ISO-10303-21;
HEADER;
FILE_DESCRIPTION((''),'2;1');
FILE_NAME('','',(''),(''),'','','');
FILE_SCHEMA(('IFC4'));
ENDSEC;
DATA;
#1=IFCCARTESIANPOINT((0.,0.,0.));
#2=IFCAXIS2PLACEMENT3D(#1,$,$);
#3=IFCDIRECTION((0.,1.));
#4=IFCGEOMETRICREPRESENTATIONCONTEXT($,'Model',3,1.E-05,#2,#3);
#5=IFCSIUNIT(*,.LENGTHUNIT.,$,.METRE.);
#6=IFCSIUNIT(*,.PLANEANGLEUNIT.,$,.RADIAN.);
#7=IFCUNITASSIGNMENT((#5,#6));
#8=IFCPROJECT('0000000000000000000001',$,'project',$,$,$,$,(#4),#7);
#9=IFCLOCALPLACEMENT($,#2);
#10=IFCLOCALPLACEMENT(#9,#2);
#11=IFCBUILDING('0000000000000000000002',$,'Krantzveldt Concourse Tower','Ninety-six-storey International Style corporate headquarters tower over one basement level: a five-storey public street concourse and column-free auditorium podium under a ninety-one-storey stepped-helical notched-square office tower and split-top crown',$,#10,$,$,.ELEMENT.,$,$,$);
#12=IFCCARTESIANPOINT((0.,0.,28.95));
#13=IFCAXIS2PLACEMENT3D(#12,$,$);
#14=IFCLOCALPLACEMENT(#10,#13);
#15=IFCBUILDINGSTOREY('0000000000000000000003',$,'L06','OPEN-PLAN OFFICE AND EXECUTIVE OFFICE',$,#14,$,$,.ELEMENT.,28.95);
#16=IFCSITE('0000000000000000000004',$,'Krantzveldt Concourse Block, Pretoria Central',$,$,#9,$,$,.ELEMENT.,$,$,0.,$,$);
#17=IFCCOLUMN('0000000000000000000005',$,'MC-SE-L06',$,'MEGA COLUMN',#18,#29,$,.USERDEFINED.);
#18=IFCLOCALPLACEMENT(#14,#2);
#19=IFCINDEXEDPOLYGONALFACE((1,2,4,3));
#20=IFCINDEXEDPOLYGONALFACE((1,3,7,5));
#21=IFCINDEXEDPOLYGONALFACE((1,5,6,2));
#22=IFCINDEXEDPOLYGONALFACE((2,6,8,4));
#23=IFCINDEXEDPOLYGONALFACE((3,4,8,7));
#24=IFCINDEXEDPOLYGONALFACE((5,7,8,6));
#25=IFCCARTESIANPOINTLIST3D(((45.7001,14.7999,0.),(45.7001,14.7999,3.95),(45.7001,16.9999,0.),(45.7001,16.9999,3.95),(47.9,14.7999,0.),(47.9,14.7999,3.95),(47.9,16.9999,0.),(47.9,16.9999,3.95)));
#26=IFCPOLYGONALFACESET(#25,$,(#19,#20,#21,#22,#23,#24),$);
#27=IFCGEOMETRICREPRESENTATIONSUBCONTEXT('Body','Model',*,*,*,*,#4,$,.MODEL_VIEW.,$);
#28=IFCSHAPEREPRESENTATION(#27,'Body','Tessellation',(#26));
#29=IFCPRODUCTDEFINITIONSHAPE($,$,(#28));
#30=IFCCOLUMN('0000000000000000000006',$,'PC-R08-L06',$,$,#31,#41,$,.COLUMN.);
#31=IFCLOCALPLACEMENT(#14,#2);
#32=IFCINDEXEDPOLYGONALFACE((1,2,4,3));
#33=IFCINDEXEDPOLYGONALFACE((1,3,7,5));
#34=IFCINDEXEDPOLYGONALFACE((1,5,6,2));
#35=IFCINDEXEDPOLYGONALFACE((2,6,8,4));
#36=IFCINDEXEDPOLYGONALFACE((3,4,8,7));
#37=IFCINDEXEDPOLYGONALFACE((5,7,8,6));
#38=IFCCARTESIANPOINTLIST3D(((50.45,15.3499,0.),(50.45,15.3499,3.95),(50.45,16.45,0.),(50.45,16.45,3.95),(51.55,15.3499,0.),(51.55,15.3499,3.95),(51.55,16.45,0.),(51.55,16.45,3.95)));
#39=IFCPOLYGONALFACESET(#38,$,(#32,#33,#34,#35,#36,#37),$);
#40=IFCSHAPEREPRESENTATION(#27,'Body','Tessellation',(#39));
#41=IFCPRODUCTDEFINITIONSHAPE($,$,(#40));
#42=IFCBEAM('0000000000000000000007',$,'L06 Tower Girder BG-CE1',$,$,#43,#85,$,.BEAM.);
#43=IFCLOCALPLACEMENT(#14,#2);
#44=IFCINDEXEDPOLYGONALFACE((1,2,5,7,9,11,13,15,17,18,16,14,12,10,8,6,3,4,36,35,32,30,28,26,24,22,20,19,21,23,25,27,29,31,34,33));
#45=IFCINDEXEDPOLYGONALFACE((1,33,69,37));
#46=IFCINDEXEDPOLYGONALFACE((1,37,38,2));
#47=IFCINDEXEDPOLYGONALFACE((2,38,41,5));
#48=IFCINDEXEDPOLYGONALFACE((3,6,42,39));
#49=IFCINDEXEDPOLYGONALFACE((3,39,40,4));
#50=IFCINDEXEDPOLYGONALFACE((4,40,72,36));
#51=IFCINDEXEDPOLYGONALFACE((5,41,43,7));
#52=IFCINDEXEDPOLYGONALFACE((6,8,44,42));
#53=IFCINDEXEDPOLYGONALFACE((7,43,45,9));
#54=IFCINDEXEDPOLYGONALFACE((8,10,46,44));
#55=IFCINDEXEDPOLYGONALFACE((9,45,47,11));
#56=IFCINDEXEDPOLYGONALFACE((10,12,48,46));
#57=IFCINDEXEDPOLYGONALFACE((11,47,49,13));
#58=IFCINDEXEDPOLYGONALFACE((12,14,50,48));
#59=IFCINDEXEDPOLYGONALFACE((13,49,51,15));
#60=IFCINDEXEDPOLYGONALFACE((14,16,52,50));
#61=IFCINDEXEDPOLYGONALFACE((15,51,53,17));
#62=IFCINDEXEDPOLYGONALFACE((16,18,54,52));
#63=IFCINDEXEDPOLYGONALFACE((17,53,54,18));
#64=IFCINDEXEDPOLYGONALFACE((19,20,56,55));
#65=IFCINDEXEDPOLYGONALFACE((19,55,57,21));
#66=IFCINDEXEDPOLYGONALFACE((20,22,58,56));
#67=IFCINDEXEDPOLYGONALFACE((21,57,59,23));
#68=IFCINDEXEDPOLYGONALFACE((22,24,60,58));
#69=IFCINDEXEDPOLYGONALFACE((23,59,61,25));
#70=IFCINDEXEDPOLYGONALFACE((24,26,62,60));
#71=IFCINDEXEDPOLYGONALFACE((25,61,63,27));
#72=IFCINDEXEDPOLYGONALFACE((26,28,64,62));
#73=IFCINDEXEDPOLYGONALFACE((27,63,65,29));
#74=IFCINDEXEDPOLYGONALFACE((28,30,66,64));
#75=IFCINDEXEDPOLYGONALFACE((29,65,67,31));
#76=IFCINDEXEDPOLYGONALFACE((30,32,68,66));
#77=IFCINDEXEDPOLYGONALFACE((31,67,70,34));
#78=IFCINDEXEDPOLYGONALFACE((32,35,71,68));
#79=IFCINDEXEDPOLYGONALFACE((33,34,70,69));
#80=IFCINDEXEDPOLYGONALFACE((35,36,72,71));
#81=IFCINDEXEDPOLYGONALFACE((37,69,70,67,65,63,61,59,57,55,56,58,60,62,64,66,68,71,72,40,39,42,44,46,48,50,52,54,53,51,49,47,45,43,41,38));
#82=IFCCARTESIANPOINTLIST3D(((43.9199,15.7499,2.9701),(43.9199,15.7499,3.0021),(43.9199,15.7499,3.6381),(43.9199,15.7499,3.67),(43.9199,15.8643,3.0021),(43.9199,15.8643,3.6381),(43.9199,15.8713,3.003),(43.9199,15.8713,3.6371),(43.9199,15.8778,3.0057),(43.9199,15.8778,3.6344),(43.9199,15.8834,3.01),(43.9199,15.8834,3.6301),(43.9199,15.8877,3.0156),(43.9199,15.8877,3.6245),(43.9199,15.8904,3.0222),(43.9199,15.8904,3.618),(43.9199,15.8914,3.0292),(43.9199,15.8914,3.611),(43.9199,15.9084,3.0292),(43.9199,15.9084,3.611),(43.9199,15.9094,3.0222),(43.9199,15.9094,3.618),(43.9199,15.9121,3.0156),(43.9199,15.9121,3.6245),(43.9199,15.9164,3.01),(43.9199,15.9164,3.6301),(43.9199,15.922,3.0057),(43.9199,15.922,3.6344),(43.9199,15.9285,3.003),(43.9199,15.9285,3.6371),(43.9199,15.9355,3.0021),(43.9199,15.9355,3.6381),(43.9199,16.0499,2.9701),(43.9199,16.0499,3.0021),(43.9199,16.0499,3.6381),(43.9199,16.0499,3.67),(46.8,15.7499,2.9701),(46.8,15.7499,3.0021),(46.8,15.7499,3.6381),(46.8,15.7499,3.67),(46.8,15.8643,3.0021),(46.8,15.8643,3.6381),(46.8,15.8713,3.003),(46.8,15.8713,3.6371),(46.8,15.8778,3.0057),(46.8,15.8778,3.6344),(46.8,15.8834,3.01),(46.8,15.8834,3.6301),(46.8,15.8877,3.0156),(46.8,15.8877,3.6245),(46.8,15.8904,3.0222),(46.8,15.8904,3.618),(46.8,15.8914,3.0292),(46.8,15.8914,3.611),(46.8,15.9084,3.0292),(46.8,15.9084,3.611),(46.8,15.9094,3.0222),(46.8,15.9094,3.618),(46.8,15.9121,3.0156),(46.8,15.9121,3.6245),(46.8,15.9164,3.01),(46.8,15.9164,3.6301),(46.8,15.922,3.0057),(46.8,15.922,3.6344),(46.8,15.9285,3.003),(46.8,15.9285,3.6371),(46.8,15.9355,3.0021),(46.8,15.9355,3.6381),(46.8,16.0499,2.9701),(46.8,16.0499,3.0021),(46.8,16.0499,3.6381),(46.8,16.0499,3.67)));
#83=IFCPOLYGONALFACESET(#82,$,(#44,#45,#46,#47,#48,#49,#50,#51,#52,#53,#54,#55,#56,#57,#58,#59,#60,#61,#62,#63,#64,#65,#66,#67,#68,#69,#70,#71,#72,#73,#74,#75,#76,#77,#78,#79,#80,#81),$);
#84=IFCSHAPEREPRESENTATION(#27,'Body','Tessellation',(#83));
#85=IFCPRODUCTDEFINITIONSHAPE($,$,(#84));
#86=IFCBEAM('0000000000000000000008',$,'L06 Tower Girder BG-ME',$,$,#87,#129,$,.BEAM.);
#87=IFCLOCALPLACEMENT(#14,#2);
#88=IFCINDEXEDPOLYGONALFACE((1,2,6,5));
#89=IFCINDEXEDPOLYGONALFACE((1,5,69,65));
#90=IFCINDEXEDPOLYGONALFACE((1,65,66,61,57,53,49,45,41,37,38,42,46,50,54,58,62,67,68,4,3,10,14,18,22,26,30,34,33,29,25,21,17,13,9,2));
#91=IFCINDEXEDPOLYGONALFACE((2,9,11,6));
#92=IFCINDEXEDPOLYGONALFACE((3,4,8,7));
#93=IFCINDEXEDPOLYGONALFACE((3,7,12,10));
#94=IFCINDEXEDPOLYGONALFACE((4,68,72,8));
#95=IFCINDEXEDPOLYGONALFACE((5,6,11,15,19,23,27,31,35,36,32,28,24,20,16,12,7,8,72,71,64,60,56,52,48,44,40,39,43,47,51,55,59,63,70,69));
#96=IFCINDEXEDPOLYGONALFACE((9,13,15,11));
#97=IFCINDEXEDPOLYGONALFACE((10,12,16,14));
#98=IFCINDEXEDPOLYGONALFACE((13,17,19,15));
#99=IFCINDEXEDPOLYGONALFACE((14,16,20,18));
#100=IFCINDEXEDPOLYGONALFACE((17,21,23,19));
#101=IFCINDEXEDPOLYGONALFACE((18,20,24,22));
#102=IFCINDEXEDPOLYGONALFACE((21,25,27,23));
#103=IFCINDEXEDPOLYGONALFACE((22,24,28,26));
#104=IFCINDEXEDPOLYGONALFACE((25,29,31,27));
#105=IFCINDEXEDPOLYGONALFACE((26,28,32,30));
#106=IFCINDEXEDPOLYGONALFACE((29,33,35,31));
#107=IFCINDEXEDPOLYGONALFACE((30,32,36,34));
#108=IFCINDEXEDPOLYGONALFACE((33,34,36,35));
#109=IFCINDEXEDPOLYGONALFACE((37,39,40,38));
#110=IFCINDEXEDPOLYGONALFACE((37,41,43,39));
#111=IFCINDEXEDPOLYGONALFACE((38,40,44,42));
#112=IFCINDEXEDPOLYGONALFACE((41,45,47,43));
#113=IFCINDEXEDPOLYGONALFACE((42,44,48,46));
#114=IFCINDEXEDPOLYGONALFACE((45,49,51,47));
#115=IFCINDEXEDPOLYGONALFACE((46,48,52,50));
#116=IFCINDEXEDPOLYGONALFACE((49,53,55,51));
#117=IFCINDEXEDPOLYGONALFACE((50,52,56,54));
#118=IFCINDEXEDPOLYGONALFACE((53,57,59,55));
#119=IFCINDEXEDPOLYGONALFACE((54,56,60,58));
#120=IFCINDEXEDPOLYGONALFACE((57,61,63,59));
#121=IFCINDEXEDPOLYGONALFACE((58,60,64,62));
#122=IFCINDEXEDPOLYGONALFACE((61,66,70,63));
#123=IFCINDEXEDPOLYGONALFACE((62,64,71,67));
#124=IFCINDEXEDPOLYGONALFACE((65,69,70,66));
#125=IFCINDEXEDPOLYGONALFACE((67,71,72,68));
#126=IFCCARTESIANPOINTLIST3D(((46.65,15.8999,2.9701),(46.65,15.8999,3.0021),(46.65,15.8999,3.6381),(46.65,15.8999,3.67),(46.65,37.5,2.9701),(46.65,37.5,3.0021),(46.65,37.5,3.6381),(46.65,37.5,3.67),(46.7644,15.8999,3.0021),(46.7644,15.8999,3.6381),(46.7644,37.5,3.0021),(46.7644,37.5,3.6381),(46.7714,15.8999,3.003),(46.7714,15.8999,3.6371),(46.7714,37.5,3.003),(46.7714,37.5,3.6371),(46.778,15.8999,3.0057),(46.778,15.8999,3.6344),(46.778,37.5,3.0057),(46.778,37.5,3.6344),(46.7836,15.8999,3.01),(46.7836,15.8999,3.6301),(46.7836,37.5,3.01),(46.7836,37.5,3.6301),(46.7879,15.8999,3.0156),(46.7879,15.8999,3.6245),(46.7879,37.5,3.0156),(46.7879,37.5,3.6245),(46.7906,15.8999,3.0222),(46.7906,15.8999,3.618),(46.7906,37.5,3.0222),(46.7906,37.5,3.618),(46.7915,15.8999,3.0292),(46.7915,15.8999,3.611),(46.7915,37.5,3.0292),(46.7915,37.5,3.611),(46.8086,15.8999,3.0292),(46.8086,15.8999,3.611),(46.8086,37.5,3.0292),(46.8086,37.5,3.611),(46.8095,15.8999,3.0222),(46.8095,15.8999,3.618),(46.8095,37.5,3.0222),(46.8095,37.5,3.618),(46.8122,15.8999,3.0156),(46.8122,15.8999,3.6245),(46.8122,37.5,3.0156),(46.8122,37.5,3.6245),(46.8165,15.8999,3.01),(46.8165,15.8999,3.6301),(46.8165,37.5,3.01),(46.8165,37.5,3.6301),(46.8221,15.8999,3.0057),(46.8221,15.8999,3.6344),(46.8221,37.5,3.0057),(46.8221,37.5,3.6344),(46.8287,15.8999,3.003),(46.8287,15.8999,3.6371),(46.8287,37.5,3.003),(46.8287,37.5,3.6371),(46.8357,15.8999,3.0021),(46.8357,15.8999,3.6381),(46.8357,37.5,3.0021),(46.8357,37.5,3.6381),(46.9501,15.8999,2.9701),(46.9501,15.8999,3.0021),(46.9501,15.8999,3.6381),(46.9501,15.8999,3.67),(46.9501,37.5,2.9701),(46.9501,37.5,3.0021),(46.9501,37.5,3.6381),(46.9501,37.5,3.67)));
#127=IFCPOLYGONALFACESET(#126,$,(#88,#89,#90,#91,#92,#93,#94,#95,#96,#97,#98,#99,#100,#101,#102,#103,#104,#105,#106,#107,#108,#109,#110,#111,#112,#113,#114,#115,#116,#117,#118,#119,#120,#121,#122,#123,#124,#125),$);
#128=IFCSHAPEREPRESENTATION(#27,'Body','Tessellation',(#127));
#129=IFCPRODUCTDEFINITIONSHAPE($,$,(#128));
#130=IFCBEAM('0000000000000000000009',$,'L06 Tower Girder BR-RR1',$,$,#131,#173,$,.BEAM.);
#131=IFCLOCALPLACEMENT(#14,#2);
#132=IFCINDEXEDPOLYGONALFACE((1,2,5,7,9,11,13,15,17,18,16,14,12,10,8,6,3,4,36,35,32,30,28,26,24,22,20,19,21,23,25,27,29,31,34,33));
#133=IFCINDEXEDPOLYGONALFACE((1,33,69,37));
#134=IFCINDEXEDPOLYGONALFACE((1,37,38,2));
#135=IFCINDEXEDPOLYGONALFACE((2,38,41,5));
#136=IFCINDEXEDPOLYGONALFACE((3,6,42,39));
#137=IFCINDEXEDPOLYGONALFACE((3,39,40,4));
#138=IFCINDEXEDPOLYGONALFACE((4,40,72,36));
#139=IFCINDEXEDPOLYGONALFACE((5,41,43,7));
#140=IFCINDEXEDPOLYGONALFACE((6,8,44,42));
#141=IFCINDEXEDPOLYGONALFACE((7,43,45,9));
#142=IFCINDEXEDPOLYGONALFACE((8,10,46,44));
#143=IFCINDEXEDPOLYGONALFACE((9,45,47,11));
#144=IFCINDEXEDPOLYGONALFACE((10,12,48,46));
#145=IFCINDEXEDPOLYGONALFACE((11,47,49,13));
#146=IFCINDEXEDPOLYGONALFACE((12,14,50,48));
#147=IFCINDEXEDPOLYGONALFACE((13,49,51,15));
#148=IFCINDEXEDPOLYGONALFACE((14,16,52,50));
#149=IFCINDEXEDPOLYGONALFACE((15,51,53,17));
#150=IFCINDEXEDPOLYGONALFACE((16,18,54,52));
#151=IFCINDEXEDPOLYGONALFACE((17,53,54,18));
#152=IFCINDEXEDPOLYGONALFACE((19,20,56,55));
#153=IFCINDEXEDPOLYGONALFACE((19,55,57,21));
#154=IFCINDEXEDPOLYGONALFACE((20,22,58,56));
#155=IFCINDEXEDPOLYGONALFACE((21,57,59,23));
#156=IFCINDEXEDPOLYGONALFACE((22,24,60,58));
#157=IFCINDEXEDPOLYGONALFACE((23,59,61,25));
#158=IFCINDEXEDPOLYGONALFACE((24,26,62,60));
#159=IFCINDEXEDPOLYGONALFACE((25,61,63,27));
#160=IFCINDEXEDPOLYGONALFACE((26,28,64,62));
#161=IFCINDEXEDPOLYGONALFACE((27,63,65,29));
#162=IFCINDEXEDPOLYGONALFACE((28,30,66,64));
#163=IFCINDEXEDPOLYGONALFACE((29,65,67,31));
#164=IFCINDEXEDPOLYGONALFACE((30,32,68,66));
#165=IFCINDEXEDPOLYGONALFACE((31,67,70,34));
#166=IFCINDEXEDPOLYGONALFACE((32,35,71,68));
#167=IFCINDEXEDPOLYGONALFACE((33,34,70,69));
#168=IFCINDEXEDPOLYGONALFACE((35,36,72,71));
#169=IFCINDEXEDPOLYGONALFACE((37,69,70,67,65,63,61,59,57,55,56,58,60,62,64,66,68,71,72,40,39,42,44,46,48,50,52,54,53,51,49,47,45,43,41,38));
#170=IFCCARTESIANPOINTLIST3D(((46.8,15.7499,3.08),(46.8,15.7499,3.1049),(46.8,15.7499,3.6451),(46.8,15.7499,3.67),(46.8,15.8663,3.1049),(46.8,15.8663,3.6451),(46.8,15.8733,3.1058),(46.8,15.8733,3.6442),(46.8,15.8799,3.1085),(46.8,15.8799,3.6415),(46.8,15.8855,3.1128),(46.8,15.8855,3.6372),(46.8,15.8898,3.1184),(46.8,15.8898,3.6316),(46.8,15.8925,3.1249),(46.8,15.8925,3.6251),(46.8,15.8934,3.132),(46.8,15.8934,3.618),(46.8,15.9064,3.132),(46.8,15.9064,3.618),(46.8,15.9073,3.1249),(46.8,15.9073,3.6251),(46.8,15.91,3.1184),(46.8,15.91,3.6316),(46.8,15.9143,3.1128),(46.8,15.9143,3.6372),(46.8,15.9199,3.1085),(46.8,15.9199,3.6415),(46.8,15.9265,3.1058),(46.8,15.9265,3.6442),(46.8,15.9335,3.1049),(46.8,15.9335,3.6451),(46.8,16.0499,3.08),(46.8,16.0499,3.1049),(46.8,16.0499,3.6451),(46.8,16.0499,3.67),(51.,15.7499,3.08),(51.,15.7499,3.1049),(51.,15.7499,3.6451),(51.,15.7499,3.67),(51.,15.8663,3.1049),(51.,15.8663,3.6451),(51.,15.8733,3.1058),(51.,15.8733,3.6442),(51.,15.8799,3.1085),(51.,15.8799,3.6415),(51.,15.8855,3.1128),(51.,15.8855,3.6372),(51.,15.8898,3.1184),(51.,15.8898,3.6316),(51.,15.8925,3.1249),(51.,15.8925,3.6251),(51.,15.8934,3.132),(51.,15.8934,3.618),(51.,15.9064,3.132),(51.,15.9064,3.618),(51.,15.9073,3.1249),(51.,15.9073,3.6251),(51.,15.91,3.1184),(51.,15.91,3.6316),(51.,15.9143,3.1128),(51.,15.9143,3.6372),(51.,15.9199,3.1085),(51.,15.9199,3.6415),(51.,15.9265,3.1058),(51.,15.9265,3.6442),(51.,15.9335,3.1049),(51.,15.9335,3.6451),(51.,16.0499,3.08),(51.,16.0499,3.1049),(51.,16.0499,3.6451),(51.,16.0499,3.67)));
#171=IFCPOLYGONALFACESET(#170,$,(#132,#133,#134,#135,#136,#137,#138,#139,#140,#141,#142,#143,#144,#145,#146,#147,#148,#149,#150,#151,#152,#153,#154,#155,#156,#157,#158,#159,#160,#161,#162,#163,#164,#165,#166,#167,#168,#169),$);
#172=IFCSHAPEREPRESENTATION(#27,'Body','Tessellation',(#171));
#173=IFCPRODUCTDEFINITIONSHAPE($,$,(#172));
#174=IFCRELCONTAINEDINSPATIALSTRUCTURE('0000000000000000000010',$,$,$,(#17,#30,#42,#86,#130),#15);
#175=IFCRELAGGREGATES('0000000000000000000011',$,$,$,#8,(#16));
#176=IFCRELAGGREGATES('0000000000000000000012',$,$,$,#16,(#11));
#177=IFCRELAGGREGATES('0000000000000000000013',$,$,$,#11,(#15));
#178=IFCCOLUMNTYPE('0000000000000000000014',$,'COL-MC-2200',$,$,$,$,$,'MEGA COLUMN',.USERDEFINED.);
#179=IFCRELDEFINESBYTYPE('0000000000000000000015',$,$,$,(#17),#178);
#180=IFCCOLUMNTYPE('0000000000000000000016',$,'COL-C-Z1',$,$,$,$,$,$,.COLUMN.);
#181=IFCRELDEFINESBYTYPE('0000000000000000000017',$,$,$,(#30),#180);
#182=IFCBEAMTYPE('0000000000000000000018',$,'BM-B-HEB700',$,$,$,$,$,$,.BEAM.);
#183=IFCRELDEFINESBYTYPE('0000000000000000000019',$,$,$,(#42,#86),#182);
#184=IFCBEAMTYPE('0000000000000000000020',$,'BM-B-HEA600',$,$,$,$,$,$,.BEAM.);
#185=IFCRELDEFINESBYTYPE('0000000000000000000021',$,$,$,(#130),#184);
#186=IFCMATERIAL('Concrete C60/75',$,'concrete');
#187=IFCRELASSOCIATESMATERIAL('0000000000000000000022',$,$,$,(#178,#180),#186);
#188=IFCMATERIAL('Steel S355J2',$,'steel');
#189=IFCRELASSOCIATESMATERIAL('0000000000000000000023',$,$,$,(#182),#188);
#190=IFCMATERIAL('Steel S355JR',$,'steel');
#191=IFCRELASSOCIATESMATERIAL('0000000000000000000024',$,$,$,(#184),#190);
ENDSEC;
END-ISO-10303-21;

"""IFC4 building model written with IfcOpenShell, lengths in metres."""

from ifc_helpers import new_model, si_unit, direction, frame, origin, origin_2d, place, context, subcontext, project, spatial, rectangle, i_section, extrude, source, transform, mapped, material, material_profile, profile_set, type_object, type_shapes, element, save


model = new_model("IFC4")

# Units and contexts
model_context = context("Model", 3, precision=1e-05, world=origin(), true_north=direction((0.0, 1.0)))
body_context = subcontext(model_context, "Body", "Model", "MODEL_VIEW")
ifc_project = project(units=[si_unit("LENGTHUNIT", "METRE"), si_unit("PLANEANGLEUNIT", "RADIAN")], contexts=[model_context])

# Site, building, storey
site_placement = place(None, origin())
site = spatial("IfcSite", under=ifc_project, at=site_placement, Name="Krantzveldt Concourse Block, Pretoria Central", CompositionType="ELEMENT", RefElevation=0.0)
building_placement = place(site_placement, origin())
building = spatial("IfcBuilding", under=site, at=building_placement, Name="Krantzveldt Concourse Tower", Description="Ninety-six-storey International Style corporate headquarters tower over one basement level: a five-storey public street concourse and column-free auditorium podium under a ninety-one-storey stepped-helical notched-square office tower and split-top crown", CompositionType="ELEMENT")
storey_placement = place(building_placement, frame((0.0, 0.0, 28.95)))
storey = spatial("IfcBuildingStorey", under=building, at=storey_placement, Name="L06", Description="OPEN-PLAN OFFICE AND EXECUTIVE OFFICE", CompositionType="ELEMENT", Elevation=28.95)

# Columns
ifc_material_1 = material(Name="Concrete C60/75", Category="concrete")
ifc_material_profile_1 = material_profile(ifc_material_1, rectangle(XDim=2.2, YDim=2.2, at=origin_2d()), Name="Concrete C60/75", Category="concrete")
ifc_profile_set_1 = profile_set([ifc_material_profile_1], Name="Concrete C60/75 - RC 2200x2200")
column_type_1 = type_object("IfcColumnType", Name="COL-MC-2200", ElementType="MEGA COLUMN", PredefinedType="USERDEFINED", material=ifc_profile_set_1)
shared_shape_1 = source(origin(), body_context, "Body", "SweptSolid", [
    extrude(rectangle(XDim=2.2, YDim=2.2, at=origin_2d()), origin(), (0.0, 0.0, 1.0), 3.95),
])
type_shapes(column_type_1, [shared_shape_1])
column_1_placement = place(storey_placement, frame((46.8, 15.8999, 0.0), z_axis=(0.0, 0.0, 1.0), x_axis=(1.0, 0.0, 0.0)))
element("IfcColumn", 1, at=column_1_placement, inside=storey, type_object=column_type_1, Name="MC-SE-L06", ObjectType="MEGA COLUMN", PredefinedType="USERDEFINED", context=body_context, shape_type="MappedRepresentation", body=[
    mapped(shared_shape_1, transform((0.0, 0.0, 0.0), x_axis=(1.0, 0.0, 0.0), y_axis=(0.0, 1.0, 0.0), z_axis=(0.0, 0.0, 1.0), scale=1.0)),
])
ifc_material_profile_2 = material_profile(ifc_material_1, rectangle(XDim=1.1001, YDim=1.1001, at=origin_2d()), Name="Concrete C60/75", Category="concrete")
ifc_profile_set_2 = profile_set([ifc_material_profile_2], Name="Concrete C60/75 - RC 1100x1100")
column_type_2 = type_object("IfcColumnType", Name="COL-C-Z1", PredefinedType="COLUMN", material=ifc_profile_set_2)
shared_shape_2 = source(origin(), body_context, "Body", "SweptSolid", [
    extrude(rectangle(XDim=1.1001, YDim=1.1001, at=origin_2d()), origin(), (0.0, 0.0, 1.0), 3.95),
])
type_shapes(column_type_2, [shared_shape_2])
column_2_placement = place(storey_placement, frame((51.0, 15.8999, 0.0), z_axis=(0.0, 0.0, 1.0), x_axis=(1.0, 0.0, 0.0)))
element("IfcColumn", 2, at=column_2_placement, inside=storey, type_object=column_type_2, Name="PC-R08-L06", PredefinedType="COLUMN", context=body_context, shape_type="MappedRepresentation", body=[
    mapped(shared_shape_2, transform((0.0, 0.0, 0.0), x_axis=(1.0, 0.0, 0.0), y_axis=(0.0, 1.0, 0.0), z_axis=(0.0, 0.0, 1.0), scale=1.0)),
])

# Beams
ifc_material_2 = material(Name="Steel S355J2", Category="steel")
ifc_material_profile_3 = material_profile(ifc_material_2, i_section(OverallWidth=0.3, OverallDepth=0.7, WebThickness=0.0171, FlangeThickness=0.032, FilletRadius=0.0271, at=origin_2d()), Name="Steel S355J2", Category="steel")
ifc_profile_set_3 = profile_set([ifc_material_profile_3], Name="Steel S355J2 - HEB 700")
beam_type_1 = type_object("IfcBeamType", Name="BM-B-HEB700", PredefinedType="BEAM", material=ifc_profile_set_3)
shared_shape_3 = source(origin(), body_context, "Body", "SweptSolid", [
    extrude(i_section(OverallWidth=0.3, OverallDepth=0.7, WebThickness=0.0171, FlangeThickness=0.032, FilletRadius=0.0271, at=origin_2d()), origin(), (0.0, 0.0, 1.0), 2.8801),
])
beam_1_placement = place(storey_placement, frame((43.9199, 15.8999, 3.3201), z_axis=(1.0, 0.0, 0.0), x_axis=(0.0, 1.0, 0.0)))
element("IfcBeam", 3, at=beam_1_placement, inside=storey, type_object=beam_type_1, Name="L06 Tower Girder BG-CE1", PredefinedType="BEAM", context=body_context, shape_type="MappedRepresentation", body=[
    mapped(shared_shape_3, transform((0.0, 0.0, 0.0), x_axis=(1.0, 0.0, 0.0), y_axis=(0.0, 1.0, 0.0), z_axis=(0.0, 0.0, 1.0), scale=1.0)),
])
shared_shape_4 = source(origin(), body_context, "Body", "SweptSolid", [
    extrude(i_section(OverallWidth=0.3, OverallDepth=0.7, WebThickness=0.0171, FlangeThickness=0.032, FilletRadius=0.0271, at=origin_2d()), origin(), (0.0, 0.0, 1.0), 21.6001),
])
type_shapes(beam_type_1, [shared_shape_3, shared_shape_4])
beam_2_placement = place(storey_placement, frame((46.8, 15.8999, 3.3201), z_axis=(0.0, 1.0, 0.0), x_axis=(-1.0, 0.0, 0.0)))
element("IfcBeam", 4, at=beam_2_placement, inside=storey, type_object=beam_type_1, Name="L06 Tower Girder BG-ME", PredefinedType="BEAM", context=body_context, shape_type="MappedRepresentation", body=[
    mapped(shared_shape_4, transform((0.0, 0.0, 0.0), x_axis=(1.0, 0.0, 0.0), y_axis=(0.0, 1.0, 0.0), z_axis=(0.0, 0.0, 1.0), scale=1.0)),
])
ifc_material_3 = material(Name="Steel S355JR", Category="steel")
ifc_material_profile_4 = material_profile(ifc_material_3, i_section(OverallWidth=0.3, OverallDepth=0.5901, WebThickness=0.0129, FlangeThickness=0.0249, FilletRadius=0.0271, at=origin_2d()), Name="Steel S355JR", Category="steel")
ifc_profile_set_4 = profile_set([ifc_material_profile_4], Name="Steel S355JR - HEA 600")
beam_type_2 = type_object("IfcBeamType", Name="BM-B-HEA600", PredefinedType="BEAM", material=ifc_profile_set_4)
shared_shape_5 = source(origin(), body_context, "Body", "SweptSolid", [
    extrude(i_section(OverallWidth=0.3, OverallDepth=0.5901, WebThickness=0.0129, FlangeThickness=0.0249, FilletRadius=0.0271, at=origin_2d()), origin(), (0.0, 0.0, 1.0), 4.2),
])
beam_3_placement = place(storey_placement, frame((46.8, 15.8999, 3.375), z_axis=(1.0, 0.0, 0.0), x_axis=(0.0, 1.0, 0.0)))
element("IfcBeam", 5, at=beam_3_placement, inside=storey, type_object=beam_type_2, Name="L06 Tower Girder BR-RR1", PredefinedType="BEAM", context=body_context, shape_type="MappedRepresentation", body=[
    mapped(shared_shape_5, transform((0.0, 0.0, 0.0), x_axis=(1.0, 0.0, 0.0), y_axis=(0.0, 1.0, 0.0), z_axis=(0.0, 0.0, 1.0), scale=1.0)),
])

save(model, "model.ifc")
